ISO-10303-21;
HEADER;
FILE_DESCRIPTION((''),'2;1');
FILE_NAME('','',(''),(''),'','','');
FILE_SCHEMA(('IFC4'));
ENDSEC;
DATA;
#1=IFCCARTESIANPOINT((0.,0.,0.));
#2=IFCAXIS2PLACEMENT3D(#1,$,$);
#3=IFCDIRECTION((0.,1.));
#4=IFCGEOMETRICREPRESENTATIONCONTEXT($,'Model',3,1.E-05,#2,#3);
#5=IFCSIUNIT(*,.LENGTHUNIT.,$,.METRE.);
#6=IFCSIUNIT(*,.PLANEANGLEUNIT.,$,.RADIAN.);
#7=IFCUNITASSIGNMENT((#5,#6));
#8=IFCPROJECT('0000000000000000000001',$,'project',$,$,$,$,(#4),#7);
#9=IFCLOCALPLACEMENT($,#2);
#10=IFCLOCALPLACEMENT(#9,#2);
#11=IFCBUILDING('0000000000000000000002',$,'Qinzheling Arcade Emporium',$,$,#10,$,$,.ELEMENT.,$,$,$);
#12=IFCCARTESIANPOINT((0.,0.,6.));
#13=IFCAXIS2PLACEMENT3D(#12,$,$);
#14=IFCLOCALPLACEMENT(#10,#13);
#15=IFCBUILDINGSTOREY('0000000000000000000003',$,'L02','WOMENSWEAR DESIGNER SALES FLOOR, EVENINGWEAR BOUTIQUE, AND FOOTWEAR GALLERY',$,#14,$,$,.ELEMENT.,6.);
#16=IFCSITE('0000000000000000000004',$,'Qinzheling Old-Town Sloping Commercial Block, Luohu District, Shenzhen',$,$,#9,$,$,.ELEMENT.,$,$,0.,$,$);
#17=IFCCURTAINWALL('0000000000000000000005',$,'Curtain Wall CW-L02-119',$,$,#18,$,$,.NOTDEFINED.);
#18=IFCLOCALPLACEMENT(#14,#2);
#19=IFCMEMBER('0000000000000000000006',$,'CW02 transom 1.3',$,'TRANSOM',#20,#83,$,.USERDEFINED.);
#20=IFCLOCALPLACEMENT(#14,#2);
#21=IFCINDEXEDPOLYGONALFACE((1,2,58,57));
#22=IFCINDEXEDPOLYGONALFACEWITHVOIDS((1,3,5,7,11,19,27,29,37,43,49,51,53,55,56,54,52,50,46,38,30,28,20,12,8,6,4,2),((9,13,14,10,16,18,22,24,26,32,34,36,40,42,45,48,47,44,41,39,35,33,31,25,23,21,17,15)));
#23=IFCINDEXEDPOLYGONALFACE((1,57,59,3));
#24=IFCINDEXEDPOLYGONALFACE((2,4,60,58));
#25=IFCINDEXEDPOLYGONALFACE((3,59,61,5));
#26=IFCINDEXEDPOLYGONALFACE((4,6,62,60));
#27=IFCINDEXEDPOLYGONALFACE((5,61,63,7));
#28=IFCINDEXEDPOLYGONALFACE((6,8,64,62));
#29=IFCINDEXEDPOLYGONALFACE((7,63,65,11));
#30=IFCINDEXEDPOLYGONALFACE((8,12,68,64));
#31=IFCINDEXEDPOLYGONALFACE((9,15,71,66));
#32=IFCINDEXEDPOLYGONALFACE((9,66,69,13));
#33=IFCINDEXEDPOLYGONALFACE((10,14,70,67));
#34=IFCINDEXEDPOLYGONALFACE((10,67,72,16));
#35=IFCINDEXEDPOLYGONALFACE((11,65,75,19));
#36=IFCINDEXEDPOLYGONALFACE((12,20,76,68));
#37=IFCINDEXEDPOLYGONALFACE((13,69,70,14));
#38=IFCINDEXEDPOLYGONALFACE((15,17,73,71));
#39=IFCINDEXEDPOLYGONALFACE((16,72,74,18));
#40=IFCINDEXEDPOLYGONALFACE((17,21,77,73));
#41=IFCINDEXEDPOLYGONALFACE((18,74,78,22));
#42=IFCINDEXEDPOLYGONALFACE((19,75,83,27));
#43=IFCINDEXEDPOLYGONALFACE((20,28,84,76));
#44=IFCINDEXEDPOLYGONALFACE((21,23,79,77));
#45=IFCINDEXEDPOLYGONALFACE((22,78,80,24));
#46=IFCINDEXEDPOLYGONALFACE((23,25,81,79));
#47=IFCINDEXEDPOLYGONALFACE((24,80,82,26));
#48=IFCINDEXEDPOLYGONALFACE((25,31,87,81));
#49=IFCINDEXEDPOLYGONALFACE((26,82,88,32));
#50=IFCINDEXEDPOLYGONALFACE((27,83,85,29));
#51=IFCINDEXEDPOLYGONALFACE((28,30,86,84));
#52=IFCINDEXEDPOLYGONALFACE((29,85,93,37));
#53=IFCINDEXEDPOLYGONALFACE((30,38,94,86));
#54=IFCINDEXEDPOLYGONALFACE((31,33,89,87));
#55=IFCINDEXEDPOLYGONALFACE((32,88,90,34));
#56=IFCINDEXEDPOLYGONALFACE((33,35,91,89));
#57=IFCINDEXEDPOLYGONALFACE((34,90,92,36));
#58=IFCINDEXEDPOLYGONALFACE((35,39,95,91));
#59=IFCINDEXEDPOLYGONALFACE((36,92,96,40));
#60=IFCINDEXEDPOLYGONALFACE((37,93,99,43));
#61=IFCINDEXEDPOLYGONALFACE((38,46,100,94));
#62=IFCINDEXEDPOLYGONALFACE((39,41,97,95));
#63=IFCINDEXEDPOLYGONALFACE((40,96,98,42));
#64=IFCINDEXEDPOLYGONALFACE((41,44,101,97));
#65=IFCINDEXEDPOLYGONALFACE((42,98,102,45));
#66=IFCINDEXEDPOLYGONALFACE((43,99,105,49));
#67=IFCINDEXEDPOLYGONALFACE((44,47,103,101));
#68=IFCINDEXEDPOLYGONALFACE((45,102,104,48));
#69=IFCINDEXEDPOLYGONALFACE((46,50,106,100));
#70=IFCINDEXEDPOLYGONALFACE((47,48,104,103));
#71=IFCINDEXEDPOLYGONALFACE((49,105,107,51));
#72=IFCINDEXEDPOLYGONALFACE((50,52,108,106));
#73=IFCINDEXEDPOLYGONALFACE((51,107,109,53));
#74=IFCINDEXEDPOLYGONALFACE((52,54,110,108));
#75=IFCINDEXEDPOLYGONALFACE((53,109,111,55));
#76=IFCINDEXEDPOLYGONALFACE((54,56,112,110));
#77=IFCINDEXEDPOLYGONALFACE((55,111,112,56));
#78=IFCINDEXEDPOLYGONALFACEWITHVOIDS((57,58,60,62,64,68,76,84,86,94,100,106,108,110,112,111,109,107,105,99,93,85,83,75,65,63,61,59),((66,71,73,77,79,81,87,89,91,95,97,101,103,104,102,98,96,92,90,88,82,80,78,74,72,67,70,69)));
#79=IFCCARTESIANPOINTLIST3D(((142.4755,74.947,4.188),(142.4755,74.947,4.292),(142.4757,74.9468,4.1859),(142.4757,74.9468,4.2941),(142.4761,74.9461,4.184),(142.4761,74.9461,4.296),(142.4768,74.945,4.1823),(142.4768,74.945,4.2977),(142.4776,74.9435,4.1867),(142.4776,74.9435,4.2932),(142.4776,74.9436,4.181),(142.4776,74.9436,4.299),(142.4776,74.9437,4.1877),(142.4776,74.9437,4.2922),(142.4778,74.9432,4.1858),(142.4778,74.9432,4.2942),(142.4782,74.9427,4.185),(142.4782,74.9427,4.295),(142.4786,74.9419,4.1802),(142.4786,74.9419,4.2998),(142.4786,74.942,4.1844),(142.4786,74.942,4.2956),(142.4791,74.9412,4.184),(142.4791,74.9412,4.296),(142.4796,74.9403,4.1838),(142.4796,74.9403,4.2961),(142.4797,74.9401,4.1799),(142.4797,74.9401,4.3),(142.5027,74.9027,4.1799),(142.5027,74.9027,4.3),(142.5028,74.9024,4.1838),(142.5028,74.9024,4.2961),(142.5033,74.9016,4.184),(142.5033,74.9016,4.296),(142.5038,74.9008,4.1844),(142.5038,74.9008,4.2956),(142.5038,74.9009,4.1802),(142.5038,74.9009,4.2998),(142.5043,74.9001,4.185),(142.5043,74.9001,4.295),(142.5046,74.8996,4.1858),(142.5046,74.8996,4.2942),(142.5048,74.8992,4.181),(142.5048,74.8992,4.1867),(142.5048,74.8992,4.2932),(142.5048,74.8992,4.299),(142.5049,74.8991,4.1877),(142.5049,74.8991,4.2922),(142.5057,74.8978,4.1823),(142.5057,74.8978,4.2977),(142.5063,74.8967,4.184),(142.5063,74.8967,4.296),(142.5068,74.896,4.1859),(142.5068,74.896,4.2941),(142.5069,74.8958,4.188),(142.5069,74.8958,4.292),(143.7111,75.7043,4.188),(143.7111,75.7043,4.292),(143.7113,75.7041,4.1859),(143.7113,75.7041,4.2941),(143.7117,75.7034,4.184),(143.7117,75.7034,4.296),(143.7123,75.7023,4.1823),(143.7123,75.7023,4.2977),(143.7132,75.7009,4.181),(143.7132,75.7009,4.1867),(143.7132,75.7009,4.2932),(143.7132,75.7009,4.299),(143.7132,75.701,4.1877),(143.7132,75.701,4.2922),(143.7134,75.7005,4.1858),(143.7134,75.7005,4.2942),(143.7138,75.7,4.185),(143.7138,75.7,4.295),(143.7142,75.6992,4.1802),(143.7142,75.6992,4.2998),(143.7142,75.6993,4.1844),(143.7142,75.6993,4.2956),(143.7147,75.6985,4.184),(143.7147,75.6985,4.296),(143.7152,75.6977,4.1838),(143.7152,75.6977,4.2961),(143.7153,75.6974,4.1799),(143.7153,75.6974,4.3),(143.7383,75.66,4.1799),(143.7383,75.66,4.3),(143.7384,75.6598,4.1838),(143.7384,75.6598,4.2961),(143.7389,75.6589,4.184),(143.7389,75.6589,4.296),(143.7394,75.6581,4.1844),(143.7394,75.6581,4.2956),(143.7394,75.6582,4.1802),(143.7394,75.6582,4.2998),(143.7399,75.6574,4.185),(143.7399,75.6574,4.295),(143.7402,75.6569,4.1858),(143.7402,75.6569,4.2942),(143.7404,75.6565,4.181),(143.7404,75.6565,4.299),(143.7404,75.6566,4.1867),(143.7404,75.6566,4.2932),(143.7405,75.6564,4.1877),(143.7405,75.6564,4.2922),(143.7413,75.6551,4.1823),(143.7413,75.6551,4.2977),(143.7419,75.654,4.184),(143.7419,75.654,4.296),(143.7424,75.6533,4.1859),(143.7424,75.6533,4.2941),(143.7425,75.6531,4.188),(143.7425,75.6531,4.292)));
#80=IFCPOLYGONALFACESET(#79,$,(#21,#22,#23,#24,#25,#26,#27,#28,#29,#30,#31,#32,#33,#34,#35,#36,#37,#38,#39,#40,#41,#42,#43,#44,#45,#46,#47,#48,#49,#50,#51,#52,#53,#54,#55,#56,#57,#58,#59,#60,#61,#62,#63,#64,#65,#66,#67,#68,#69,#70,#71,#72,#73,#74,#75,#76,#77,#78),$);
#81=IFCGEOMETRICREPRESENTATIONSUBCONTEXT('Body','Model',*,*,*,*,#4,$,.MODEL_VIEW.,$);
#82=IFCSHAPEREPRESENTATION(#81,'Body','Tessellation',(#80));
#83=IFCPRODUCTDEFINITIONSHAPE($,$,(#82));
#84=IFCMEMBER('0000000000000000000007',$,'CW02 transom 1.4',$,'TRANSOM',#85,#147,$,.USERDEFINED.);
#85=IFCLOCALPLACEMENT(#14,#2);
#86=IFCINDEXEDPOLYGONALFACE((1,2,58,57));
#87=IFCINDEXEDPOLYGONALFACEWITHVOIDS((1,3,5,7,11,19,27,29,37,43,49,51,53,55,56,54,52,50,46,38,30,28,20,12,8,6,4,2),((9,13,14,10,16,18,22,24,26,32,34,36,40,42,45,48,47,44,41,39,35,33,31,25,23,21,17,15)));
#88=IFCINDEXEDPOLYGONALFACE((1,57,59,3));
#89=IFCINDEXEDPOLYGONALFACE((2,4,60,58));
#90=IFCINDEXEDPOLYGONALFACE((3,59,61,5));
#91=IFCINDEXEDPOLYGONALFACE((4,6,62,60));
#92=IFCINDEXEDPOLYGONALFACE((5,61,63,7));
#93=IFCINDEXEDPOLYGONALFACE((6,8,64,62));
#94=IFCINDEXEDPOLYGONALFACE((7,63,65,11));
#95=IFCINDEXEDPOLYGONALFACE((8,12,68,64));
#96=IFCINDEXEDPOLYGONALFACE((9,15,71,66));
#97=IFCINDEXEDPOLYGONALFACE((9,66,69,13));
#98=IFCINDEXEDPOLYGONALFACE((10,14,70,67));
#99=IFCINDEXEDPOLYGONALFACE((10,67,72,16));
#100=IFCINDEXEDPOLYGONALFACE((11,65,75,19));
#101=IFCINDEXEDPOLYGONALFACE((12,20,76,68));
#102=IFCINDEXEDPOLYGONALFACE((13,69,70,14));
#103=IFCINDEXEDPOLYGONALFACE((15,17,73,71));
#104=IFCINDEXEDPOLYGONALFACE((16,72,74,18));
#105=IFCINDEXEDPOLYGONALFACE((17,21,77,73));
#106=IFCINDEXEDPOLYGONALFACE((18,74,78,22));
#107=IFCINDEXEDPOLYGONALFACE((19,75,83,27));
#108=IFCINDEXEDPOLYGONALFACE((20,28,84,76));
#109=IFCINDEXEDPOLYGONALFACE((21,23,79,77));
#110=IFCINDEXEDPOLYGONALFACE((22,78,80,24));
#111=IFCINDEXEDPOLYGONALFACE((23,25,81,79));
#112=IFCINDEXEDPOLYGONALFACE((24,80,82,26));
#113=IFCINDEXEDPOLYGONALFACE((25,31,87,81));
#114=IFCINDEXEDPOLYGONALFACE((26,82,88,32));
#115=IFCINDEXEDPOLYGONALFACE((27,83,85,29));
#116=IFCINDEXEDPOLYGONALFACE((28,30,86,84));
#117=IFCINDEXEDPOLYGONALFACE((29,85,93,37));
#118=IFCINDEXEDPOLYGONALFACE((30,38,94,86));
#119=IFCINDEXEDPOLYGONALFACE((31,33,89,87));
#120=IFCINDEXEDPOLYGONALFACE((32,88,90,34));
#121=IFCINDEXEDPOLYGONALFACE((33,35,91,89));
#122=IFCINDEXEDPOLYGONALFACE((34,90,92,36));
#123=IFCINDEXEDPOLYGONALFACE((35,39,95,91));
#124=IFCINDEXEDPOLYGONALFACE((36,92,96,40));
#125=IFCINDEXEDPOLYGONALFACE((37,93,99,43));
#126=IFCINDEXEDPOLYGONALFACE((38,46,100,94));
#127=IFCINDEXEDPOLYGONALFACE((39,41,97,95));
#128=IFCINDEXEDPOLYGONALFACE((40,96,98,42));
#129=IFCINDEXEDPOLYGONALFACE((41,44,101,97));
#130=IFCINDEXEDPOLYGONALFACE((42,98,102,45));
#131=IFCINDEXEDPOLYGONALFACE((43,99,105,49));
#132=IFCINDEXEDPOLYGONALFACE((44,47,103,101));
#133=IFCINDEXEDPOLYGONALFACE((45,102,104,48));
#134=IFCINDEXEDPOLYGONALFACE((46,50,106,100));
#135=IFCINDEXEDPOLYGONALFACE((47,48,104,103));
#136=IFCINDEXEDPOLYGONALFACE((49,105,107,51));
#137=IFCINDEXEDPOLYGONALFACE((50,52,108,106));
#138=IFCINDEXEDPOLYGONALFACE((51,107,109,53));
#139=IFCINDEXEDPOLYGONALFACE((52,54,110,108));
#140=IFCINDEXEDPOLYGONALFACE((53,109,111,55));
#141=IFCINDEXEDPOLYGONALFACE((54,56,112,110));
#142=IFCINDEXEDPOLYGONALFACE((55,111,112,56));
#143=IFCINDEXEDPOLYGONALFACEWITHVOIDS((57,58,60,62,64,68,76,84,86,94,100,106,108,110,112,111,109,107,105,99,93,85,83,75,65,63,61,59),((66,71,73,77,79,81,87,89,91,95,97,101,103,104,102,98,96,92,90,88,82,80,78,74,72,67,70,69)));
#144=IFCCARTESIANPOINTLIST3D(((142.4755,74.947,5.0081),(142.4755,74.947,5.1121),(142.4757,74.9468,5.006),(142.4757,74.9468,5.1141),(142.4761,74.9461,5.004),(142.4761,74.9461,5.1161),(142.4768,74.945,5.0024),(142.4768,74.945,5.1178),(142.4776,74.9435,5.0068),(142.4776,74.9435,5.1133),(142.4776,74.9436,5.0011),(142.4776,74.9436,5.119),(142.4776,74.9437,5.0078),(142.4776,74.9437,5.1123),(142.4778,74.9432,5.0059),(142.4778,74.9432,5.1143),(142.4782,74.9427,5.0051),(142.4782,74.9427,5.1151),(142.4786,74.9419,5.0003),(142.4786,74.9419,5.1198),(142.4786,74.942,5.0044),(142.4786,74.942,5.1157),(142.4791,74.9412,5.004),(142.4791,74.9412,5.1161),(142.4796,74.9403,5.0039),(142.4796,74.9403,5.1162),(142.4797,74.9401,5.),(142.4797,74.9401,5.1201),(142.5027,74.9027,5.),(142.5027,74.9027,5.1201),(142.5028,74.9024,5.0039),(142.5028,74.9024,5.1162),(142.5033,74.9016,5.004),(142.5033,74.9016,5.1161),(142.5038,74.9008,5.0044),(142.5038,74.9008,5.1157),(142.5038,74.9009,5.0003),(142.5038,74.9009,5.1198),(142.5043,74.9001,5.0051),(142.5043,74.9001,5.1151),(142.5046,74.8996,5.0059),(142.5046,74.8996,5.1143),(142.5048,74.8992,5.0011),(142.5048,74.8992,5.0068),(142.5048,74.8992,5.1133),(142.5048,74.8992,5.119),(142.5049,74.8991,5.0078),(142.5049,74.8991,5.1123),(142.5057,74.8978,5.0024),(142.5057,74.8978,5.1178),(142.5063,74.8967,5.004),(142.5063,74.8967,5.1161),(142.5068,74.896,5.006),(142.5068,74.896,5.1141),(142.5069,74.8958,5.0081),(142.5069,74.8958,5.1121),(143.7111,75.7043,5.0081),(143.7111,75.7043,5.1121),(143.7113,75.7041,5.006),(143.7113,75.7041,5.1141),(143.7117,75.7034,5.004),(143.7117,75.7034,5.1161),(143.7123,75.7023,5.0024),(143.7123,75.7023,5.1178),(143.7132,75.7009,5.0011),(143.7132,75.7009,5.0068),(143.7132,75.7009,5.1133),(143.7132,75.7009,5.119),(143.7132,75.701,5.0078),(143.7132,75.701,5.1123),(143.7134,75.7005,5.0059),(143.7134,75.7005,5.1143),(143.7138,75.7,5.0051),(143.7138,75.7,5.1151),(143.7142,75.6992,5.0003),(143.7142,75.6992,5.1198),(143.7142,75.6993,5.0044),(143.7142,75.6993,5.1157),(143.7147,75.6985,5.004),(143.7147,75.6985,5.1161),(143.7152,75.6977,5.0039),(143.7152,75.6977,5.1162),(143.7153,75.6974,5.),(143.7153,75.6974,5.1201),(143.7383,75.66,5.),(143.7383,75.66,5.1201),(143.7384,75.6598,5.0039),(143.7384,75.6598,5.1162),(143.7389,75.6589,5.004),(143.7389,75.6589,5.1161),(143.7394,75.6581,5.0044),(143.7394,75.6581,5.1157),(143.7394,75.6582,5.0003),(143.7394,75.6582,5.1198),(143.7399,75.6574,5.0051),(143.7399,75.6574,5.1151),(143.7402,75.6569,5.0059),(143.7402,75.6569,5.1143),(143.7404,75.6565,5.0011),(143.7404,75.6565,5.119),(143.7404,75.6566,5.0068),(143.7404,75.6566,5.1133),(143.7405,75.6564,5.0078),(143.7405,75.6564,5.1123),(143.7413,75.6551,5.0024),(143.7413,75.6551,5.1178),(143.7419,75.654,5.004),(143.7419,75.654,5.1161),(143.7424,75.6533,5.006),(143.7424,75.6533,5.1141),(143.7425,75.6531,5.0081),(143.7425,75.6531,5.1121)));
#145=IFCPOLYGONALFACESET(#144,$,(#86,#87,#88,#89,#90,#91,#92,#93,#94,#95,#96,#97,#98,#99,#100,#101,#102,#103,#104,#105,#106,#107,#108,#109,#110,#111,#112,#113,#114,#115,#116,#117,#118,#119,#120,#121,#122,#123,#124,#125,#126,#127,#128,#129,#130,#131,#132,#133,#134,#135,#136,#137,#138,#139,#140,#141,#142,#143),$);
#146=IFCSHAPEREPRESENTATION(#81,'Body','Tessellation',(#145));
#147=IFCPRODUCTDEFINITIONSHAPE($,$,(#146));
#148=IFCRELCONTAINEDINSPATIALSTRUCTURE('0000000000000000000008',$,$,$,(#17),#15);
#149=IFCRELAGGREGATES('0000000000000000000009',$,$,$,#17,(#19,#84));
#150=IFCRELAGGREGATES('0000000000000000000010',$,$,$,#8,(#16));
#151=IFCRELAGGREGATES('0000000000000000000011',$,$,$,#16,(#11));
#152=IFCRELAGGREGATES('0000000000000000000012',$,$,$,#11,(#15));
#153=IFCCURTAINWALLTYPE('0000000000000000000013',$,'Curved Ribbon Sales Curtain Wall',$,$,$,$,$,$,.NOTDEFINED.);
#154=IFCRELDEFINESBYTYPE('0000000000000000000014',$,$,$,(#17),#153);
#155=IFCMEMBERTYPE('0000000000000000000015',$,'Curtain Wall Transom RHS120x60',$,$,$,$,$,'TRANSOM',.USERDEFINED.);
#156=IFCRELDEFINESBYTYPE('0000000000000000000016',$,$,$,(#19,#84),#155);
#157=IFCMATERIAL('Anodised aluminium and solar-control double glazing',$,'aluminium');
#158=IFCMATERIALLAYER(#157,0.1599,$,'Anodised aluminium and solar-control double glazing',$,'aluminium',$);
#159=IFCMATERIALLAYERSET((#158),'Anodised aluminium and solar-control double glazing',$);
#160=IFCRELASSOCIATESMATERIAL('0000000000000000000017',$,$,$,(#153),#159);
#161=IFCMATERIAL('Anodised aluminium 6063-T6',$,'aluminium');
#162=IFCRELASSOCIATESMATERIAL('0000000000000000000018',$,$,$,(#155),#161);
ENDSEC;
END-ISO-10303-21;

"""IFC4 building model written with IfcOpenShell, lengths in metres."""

from ifc_helpers import new_model, si_unit, direction, frame, origin, origin_2d, place, context, subcontext, project, spatial, hollow_rectangle, extrude, material, layer, layer_set, material_profile, profile_set, type_object, element, aggregate, save


model = new_model("IFC4")

# Units and contexts
model_context = context("Model", 3, precision=1e-05, world=origin(), true_north=direction((0.0, 1.0)))
body_context = subcontext(model_context, "Body", "Model", "MODEL_VIEW")
ifc_project = project(units=[si_unit("LENGTHUNIT", "METRE"), si_unit("PLANEANGLEUNIT", "RADIAN")], contexts=[model_context])

# Site, building, storey
site_placement = place(None, origin())
site = spatial("IfcSite", under=ifc_project, at=site_placement, Name="Qinzheling Old-Town Sloping Commercial Block, Luohu District, Shenzhen", CompositionType="ELEMENT", RefElevation=0.0)
building_placement = place(site_placement, origin())
building = spatial("IfcBuilding", under=site, at=building_placement, Name="Qinzheling Arcade Emporium", CompositionType="ELEMENT")
storey_placement = place(building_placement, frame((0.0, 0.0, 6.0)))
storey = spatial("IfcBuildingStorey", under=building, at=storey_placement, Name="L02", Description="WOMENSWEAR DESIGNER SALES FLOOR, EVENINGWEAR BOUTIQUE, AND FOOTWEAR GALLERY", CompositionType="ELEMENT", Elevation=6.0)

# Curtain wall
ifc_material_1 = material(Name="Anodised aluminium and solar-control double glazing", Category="aluminium")
ifc_layer_1 = layer(ifc_material_1, 0.1599, Name="Anodised aluminium and solar-control double glazing", Category="aluminium")
ifc_layer_set_1 = layer_set([ifc_layer_1], Name="Anodised aluminium and solar-control double glazing")
curtain_wall_type = type_object("IfcCurtainWallType", Name="Curved Ribbon Sales Curtain Wall", PredefinedType="NOTDEFINED", material=ifc_layer_set_1)
curtain_wall_1_placement = place(storey_placement, origin())
curtain_wall_1 = element("IfcCurtainWall", 1, at=curtain_wall_1_placement, inside=storey, type_object=curtain_wall_type, Name="Curtain Wall CW-L02-119", PredefinedType="NOTDEFINED")
ifc_material_2 = material(Name="Anodised aluminium 6063-T6", Category="aluminium")

# Members
ifc_material_profile_1 = material_profile(ifc_material_2, hollow_rectangle(XDim=0.0601, YDim=0.1201, WallThickness=0.0039, InnerFilletRadius=0.0039, OuterFilletRadius=0.0081, at=origin_2d()), Name="RHS 120x60x4", Category="aluminium")
ifc_profile_set_1 = profile_set([ifc_material_profile_1], Name="Anodised aluminium 6063-T6")
member_type_1 = type_object("IfcMemberType", Name="Curtain Wall Transom RHS120x60", ElementType="TRANSOM", PredefinedType="USERDEFINED", material=ifc_profile_set_1)
member_1_placement = place(storey_placement, frame((143.7268, 75.6787, 4.24), z_axis=(-0.852594, -0.522574, 0.0), x_axis=(0.522574, -0.852594, 0.0)))
member_1 = element("IfcMember", 2, at=member_1_placement, type_object=member_type_1, Name="CW02 transom 1.3", ObjectType="TRANSOM", PredefinedType="USERDEFINED", context=body_context, shape_type="SweptSolid", body=[
    extrude(hollow_rectangle(XDim=0.0601, YDim=0.1201, WallThickness=0.0039, InnerFilletRadius=0.0039, OuterFilletRadius=0.0081, at=origin_2d()), origin(), (0.0, 0.0, 1.0), 1.4492),
])
member_2_placement = place(storey_placement, frame((143.7268, 75.6787, 5.0601), z_axis=(-0.852594, -0.522574, 0.0), x_axis=(0.522574, -0.852594, 0.0)))
member_2 = element("IfcMember", 3, at=member_2_placement, type_object=member_type_1, Name="CW02 transom 1.4", ObjectType="TRANSOM", PredefinedType="USERDEFINED", context=body_context, shape_type="SweptSolid", body=[
    extrude(hollow_rectangle(XDim=0.0601, YDim=0.1201, WallThickness=0.0039, InnerFilletRadius=0.0039, OuterFilletRadius=0.0081, at=origin_2d()), origin(), (0.0, 0.0, 1.0), 1.4492),
])

aggregate(curtain_wall_1, [member_1, member_2])

save(model, "model.ifc")
